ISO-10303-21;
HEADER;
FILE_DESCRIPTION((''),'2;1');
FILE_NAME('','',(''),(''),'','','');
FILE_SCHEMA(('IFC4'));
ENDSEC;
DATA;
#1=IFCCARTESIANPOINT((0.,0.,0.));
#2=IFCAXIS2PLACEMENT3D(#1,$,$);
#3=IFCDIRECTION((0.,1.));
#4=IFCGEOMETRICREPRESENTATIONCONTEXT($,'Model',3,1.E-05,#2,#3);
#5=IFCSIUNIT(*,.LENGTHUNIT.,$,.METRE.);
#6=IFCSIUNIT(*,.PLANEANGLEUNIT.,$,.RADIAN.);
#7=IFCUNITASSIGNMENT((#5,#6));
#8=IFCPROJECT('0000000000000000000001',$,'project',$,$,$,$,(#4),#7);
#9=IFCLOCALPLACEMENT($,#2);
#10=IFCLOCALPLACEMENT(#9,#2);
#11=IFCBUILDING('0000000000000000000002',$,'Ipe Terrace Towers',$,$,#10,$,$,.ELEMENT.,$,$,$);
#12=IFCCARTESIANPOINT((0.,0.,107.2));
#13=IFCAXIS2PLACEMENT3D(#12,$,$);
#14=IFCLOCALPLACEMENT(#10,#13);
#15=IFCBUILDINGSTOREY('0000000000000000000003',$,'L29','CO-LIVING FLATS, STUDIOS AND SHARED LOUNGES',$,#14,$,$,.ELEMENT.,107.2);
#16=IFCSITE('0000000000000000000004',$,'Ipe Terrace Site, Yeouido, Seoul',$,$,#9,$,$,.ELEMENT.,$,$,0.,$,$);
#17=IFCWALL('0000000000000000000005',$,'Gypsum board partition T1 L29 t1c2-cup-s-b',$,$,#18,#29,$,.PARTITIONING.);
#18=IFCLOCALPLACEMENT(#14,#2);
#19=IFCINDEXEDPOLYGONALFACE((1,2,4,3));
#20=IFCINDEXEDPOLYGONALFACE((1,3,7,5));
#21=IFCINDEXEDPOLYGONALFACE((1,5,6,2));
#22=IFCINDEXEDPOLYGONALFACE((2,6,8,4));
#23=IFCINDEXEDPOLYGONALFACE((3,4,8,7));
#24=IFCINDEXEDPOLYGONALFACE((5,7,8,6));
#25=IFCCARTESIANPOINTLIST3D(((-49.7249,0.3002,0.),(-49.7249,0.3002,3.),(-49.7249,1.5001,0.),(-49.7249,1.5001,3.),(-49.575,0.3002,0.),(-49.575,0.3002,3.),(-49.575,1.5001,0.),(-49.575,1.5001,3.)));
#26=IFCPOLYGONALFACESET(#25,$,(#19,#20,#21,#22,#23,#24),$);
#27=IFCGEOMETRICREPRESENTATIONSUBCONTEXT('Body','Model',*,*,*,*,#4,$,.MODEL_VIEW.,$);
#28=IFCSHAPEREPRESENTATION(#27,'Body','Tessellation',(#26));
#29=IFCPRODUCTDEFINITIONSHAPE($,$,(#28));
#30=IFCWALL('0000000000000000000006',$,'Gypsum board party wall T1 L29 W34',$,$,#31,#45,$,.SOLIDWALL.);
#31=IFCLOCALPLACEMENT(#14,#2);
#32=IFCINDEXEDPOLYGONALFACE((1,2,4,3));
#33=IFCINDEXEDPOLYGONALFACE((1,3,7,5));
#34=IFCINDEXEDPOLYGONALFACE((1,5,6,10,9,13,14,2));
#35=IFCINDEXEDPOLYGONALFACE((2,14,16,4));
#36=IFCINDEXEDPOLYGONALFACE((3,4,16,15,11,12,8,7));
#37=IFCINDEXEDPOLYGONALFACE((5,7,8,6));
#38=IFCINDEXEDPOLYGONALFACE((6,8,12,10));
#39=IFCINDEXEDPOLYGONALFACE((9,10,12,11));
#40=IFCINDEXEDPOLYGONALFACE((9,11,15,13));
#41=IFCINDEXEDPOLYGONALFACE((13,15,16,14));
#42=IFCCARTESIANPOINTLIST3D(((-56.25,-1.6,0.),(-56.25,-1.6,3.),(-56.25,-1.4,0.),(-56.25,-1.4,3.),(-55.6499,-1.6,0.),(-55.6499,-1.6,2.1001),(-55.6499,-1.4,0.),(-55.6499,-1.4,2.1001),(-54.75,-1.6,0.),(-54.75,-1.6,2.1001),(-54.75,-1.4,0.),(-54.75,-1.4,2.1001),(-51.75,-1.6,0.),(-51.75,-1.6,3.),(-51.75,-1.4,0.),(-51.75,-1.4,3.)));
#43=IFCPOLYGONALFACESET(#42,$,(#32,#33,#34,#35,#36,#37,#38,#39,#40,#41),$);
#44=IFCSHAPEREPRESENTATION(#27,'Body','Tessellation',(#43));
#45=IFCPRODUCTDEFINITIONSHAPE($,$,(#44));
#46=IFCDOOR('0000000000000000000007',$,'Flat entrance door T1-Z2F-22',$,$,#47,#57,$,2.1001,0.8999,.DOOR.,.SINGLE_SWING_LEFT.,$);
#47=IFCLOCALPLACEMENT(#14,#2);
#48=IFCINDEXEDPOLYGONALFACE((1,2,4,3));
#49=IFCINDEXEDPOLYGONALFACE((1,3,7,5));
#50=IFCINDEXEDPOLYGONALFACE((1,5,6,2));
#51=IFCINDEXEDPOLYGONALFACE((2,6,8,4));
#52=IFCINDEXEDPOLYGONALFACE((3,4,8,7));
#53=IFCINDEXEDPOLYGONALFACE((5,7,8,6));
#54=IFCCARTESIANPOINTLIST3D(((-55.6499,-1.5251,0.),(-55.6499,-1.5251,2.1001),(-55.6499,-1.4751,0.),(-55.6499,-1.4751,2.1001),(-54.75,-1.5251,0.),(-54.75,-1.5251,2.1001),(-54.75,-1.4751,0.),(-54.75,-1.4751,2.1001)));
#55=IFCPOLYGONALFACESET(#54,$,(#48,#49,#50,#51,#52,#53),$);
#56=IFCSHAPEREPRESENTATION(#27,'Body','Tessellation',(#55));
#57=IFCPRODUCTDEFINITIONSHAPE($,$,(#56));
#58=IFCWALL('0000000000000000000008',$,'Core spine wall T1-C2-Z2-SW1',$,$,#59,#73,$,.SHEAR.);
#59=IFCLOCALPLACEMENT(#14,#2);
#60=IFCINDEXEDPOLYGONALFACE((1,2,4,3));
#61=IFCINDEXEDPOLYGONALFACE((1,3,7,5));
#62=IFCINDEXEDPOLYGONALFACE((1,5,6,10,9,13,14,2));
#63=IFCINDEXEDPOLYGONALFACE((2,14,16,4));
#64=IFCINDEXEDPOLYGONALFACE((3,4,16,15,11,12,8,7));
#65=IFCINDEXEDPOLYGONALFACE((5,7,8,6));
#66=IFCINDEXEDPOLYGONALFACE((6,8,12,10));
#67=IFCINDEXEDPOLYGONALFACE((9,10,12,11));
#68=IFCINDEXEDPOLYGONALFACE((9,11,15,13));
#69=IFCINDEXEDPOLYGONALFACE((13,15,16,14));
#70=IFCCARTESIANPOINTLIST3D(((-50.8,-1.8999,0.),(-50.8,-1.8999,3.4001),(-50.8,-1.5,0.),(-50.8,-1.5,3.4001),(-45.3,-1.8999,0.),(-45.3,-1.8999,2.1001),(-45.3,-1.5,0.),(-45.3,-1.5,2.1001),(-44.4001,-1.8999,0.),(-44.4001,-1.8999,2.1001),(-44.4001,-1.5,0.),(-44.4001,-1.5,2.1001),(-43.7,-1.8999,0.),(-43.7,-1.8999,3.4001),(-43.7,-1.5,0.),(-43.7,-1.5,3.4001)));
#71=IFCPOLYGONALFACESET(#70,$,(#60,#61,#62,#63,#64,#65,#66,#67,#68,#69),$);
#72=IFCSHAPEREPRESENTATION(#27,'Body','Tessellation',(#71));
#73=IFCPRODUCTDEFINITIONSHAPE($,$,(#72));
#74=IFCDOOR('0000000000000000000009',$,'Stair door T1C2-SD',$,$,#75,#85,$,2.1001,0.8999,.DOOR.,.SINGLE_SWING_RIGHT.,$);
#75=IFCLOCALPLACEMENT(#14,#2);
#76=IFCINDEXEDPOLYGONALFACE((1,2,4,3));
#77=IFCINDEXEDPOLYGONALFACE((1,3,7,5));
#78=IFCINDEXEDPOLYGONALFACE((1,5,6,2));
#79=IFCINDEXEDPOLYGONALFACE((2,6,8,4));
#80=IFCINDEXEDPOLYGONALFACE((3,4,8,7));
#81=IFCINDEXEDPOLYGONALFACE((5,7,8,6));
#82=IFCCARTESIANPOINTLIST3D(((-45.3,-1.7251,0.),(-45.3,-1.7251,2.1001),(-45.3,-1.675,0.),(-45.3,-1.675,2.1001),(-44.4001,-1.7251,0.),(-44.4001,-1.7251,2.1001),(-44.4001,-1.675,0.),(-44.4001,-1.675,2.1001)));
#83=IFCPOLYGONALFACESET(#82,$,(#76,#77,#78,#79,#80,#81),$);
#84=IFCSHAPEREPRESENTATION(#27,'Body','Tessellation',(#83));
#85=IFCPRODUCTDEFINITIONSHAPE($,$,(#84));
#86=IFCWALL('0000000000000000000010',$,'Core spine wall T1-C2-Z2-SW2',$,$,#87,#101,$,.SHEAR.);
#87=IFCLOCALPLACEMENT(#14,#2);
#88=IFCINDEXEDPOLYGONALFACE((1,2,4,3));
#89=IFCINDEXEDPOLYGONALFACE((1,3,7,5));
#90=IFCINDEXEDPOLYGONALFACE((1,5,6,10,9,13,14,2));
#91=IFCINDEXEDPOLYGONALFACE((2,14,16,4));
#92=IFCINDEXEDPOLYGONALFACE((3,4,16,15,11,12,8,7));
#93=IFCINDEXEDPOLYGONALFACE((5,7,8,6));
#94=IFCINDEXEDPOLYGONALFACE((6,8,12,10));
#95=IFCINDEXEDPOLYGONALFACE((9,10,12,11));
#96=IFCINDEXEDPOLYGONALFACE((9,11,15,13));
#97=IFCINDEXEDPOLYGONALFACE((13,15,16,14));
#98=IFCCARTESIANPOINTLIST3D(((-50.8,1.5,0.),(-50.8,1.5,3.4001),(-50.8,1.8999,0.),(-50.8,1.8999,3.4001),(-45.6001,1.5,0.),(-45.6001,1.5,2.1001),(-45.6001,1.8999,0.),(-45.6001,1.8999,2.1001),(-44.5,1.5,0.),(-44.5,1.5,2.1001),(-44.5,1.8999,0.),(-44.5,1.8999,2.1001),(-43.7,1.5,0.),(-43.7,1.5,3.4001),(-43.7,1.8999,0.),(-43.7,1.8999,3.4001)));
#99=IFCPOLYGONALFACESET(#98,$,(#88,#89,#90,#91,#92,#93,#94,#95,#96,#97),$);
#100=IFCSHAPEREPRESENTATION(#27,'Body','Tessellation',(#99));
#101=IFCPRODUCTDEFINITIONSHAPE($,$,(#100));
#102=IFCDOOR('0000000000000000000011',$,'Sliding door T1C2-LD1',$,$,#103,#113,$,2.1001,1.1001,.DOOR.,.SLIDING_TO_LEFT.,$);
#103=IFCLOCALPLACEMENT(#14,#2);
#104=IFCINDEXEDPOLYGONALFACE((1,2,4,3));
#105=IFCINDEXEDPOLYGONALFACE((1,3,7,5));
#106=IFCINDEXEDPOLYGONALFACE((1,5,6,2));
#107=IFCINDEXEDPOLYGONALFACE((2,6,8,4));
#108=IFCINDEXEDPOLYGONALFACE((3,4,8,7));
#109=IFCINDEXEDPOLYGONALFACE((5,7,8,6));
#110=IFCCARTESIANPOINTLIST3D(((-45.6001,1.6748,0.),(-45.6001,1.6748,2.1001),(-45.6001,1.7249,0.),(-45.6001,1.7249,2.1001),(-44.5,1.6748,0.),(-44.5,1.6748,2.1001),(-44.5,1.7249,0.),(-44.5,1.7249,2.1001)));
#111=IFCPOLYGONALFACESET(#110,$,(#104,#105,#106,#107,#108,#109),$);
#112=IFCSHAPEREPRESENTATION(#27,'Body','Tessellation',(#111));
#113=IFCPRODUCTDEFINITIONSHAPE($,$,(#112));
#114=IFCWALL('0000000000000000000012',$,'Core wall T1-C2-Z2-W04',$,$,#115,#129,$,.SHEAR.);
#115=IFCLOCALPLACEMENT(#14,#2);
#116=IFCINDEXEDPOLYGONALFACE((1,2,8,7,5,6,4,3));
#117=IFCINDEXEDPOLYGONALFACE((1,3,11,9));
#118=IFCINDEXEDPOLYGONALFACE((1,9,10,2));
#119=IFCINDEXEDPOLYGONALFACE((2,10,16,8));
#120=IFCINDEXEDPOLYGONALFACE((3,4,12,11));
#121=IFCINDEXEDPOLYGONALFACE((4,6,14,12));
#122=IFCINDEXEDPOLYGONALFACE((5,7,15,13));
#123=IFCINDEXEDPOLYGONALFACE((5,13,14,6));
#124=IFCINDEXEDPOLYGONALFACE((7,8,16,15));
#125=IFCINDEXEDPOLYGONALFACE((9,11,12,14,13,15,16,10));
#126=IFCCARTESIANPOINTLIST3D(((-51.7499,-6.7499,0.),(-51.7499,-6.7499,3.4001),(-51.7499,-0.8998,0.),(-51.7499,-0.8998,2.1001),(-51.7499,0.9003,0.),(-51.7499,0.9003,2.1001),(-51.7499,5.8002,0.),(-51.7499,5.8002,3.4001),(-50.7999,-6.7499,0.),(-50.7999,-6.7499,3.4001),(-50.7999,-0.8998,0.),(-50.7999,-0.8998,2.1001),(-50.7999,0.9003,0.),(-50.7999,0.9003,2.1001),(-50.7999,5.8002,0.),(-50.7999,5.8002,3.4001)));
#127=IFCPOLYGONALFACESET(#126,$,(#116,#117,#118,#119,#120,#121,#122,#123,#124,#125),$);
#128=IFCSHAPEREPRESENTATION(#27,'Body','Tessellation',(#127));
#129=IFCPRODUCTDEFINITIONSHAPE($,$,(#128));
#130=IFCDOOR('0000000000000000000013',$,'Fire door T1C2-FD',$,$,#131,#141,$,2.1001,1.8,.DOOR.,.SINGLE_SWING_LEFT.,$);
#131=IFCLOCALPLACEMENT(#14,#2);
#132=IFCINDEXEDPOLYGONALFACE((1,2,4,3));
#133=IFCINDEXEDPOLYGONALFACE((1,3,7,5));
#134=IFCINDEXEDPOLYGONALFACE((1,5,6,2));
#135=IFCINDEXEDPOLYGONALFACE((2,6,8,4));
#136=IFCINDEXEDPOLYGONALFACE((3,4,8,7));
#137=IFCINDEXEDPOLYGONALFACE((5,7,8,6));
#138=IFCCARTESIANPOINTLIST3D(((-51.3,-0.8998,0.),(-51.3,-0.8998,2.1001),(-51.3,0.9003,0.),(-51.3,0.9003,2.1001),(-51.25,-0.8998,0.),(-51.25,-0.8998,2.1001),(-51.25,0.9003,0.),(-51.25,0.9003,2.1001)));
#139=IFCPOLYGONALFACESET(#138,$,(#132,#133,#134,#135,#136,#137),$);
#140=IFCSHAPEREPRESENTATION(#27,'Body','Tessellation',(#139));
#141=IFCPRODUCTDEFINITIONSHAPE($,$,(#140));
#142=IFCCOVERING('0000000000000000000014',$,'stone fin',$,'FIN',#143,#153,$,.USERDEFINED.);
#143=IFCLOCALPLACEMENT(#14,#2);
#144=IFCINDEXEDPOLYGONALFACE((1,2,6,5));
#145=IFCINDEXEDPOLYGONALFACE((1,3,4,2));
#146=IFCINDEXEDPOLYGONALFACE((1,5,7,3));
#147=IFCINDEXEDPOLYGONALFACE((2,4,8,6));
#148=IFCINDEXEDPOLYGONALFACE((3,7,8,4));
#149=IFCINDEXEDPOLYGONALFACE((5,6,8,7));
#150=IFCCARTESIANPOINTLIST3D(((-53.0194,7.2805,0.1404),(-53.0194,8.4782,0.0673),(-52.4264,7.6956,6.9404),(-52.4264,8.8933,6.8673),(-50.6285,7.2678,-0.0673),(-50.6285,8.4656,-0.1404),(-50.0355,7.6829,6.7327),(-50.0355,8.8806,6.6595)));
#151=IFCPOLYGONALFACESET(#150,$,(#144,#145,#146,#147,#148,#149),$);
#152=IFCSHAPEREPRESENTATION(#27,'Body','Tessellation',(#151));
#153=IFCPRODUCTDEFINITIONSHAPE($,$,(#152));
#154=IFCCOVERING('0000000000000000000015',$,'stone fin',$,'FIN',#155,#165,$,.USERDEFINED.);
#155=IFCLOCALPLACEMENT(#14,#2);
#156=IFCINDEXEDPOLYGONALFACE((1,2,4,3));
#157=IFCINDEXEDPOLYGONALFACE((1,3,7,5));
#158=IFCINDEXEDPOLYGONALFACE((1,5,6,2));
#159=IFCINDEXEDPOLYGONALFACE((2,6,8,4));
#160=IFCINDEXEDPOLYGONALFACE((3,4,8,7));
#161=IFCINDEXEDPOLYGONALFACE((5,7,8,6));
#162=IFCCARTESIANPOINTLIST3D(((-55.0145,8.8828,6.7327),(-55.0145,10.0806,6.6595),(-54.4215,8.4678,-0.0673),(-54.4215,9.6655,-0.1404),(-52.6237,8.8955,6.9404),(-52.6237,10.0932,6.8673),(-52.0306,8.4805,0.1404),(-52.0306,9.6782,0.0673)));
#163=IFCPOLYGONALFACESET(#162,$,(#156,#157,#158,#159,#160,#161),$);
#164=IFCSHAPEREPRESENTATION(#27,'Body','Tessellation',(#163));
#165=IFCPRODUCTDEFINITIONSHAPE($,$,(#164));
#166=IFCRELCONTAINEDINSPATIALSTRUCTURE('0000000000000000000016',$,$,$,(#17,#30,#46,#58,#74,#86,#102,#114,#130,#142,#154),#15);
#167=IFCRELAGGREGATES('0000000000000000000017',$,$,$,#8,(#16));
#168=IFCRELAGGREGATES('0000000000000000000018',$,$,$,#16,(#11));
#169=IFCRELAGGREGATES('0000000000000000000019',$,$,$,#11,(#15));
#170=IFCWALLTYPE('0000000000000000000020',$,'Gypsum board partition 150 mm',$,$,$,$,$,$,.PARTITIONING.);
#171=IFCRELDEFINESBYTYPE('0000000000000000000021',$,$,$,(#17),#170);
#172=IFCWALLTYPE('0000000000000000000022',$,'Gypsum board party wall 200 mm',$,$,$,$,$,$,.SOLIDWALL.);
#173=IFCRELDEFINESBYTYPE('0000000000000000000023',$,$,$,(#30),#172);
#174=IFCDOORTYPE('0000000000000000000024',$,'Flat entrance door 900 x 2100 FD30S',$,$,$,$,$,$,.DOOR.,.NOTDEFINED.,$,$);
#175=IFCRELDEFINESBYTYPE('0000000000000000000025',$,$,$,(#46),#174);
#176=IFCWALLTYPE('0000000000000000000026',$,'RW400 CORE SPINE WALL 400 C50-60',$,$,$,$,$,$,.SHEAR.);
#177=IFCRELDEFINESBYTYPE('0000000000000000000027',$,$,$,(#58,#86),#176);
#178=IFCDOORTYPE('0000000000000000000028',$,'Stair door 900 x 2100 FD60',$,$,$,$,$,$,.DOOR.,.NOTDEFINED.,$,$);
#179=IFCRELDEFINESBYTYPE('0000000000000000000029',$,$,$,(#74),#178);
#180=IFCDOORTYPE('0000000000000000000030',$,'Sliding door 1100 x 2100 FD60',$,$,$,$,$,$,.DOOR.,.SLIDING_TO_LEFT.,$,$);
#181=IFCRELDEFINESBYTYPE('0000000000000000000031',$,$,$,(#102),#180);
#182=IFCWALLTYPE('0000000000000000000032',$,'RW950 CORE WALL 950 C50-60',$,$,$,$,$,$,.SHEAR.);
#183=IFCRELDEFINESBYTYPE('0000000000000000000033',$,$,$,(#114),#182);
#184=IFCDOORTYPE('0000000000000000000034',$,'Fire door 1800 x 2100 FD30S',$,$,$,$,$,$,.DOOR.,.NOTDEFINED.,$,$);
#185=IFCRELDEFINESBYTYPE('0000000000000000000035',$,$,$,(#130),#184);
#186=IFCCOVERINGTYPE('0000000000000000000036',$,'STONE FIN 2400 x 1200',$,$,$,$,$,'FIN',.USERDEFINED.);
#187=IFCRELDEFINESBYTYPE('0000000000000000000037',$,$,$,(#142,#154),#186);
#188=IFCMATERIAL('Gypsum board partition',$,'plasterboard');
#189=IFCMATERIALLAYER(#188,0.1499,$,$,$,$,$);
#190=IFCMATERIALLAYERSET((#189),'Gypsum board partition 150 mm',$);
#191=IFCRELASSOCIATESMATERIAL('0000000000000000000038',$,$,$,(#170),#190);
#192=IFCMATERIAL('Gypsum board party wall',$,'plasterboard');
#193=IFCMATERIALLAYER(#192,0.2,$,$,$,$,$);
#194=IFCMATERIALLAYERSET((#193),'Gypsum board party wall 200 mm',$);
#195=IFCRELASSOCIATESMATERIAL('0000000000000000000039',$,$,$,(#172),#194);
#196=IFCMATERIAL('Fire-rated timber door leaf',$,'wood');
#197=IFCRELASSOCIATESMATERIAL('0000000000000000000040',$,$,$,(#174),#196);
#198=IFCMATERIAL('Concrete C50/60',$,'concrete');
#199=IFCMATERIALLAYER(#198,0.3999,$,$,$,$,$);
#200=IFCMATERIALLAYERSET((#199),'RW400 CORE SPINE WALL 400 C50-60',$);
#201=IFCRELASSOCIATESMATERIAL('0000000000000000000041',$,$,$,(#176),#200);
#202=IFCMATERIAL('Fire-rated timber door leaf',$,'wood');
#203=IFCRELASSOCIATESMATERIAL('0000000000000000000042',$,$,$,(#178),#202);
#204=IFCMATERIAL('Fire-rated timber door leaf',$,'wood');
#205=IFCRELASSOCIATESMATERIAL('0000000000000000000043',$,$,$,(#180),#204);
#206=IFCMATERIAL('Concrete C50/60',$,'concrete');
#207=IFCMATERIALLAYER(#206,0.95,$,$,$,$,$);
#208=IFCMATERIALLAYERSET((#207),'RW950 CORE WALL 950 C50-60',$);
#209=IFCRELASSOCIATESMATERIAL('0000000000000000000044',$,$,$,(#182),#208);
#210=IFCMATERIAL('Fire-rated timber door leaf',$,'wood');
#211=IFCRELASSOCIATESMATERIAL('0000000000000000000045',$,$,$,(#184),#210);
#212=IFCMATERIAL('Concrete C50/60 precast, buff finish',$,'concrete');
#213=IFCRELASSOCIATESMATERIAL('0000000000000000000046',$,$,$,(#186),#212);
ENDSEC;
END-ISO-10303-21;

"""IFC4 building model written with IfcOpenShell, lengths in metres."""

from ifc_helpers import new_model, si_unit, direction, frame, frame_2d, origin, origin_2d, place, context, subcontext, project, spatial, rectangle, extrude, material, layer, layer_set, material_profile, profile_set, type_object, element, fill, save


model = new_model("IFC4")

# Units and contexts
model_context = context("Model", 3, precision=1e-05, world=origin(), true_north=direction((0.0, 1.0)))
body_context = subcontext(model_context, "Body", "Model", "MODEL_VIEW")
ifc_project = project(units=[si_unit("LENGTHUNIT", "METRE"), si_unit("PLANEANGLEUNIT", "RADIAN")], contexts=[model_context])

# Site, building, storey
site_placement = place(None, origin())
site = spatial("IfcSite", under=ifc_project, at=site_placement, Name="Ipe Terrace Site, Yeouido, Seoul", CompositionType="ELEMENT", RefElevation=0.0)
building_placement = place(site_placement, origin())
building = spatial("IfcBuilding", under=site, at=building_placement, Name="Ipe Terrace Towers", CompositionType="ELEMENT")
storey_placement = place(building_placement, frame((0.0, 0.0, 107.2)))
storey = spatial("IfcBuildingStorey", under=building, at=storey_placement, Name="L29", Description="CO-LIVING FLATS, STUDIOS AND SHARED LOUNGES", CompositionType="ELEMENT", Elevation=107.2)

# Wall
ifc_material_1 = material(Name="Gypsum board partition", Category="plasterboard")
ifc_layer_1 = layer(ifc_material_1, 0.1499)
ifc_layer_set_1 = layer_set([ifc_layer_1], Name="Gypsum board partition 150 mm")
wall_type_1 = type_object("IfcWallType", Name="Gypsum board partition 150 mm", PredefinedType="PARTITIONING", material=ifc_layer_set_1)
wall_1_placement = place(storey_placement, frame((-49.6499, 0.3, 0.0), z_axis=(0.0, 0.0, 1.0), x_axis=(0.0, 1.0, 0.0)))
element("IfcWall", 1, at=wall_1_placement, inside=storey, type_object=wall_type_1, Name="Gypsum board partition T1 L29 t1c2-cup-s-b", PredefinedType="PARTITIONING", context=body_context, shape_type="SweptSolid", body=[
    extrude(rectangle(XDim=1.2, YDim=0.1499, at=frame_2d((0.6001, 0.0))), origin(), (0.0, 0.0, 1.0), 3.0),
])

# Walls, openings, doors
ifc_material_2 = material(Name="Gypsum board party wall", Category="plasterboard")
ifc_layer_2 = layer(ifc_material_2, 0.2)
ifc_layer_set_2 = layer_set([ifc_layer_2], Name="Gypsum board party wall 200 mm")
wall_type_2 = type_object("IfcWallType", Name="Gypsum board party wall 200 mm", PredefinedType="SOLIDWALL", material=ifc_layer_set_2)
wall_2_placement = place(storey_placement, frame((-56.25, -1.5, 0.0), z_axis=(0.0, 0.0, 1.0), x_axis=(1.0, 0.0, 0.0)))
wall_2 = element("IfcWall", 2, at=wall_2_placement, inside=storey, type_object=wall_type_2, Name="Gypsum board party wall T1 L29 W34", PredefinedType="SOLIDWALL", context=body_context, shape_type="SweptSolid", body=[
    extrude(rectangle(XDim=4.5, YDim=0.2, at=frame_2d((2.25, 0.0))), origin(), (0.0, 0.0, 1.0), 3.0),
])
opening_1_placement = place(wall_2_placement, frame((0.6001, 0.0, 0.0)))
opening_1 = element("IfcOpeningElement", 3, at=opening_1_placement, cuts=wall_2, PredefinedType="OPENING", context=body_context, shape_type="SweptSolid", body=[
    extrude(rectangle(XDim=0.8999, YDim=2.1001, at=frame_2d((0.45, 1.05))), frame((0.0, 0.1099, 0.0), z_axis=(0.0, -1.0, 0.0), x_axis=(1.0, 0.0, 0.0)), (0.0, 0.0, 1.0), 0.22),
])
ifc_material_3 = material(Name="Fire-rated timber door leaf", Category="wood")
door_type_1 = type_object("IfcDoorType", Name="Flat entrance door 900 x 2100 FD30S", OperationType="NOTDEFINED", PredefinedType="DOOR", material=ifc_material_3)
door_1_placement = place(opening_1_placement, origin())
door_1 = element("IfcDoor", 4, at=door_1_placement, inside=storey, type_object=door_type_1, Name="Flat entrance door T1-Z2F-22", OperationType="SINGLE_SWING_LEFT", OverallHeight=2.1001, OverallWidth=0.8999, PredefinedType="DOOR", context=body_context, shape_type="SweptSolid", body=[
    extrude(rectangle(XDim=0.8999, YDim=2.1001, at=frame_2d((0.45, 1.05))), frame((0.0, 0.0249, 0.0), z_axis=(0.0, -1.0, 0.0), x_axis=(1.0, 0.0, 0.0)), (0.0, 0.0, 1.0), 0.05),
])
fill(opening_1, door_1)
ifc_material_4 = material(Name="Concrete C50/60", Category="concrete")
ifc_layer_3 = layer(ifc_material_4, 0.3999)
ifc_layer_set_3 = layer_set([ifc_layer_3], Name="RW400 CORE SPINE WALL 400 C50-60")
wall_type_3 = type_object("IfcWallType", Name="RW400 CORE SPINE WALL 400 C50-60", PredefinedType="SHEAR", material=ifc_layer_set_3)
wall_3_placement = place(storey_placement, frame((-50.8, -1.7, 0.0), z_axis=(0.0, 0.0, 1.0), x_axis=(1.0, 0.0, 0.0)))
wall_3 = element("IfcWall", 5, at=wall_3_placement, inside=storey, type_object=wall_type_3, Name="Core spine wall T1-C2-Z2-SW1", PredefinedType="SHEAR", context=body_context, shape_type="SweptSolid", body=[
    extrude(rectangle(XDim=7.1001, YDim=0.3999, at=frame_2d((3.55, 0.0))), origin(), (0.0, 0.0, 1.0), 3.4001),
])
opening_2_placement = place(wall_3_placement, frame((5.5, 0.0, 0.0)))
opening_2 = element("IfcOpeningElement", 6, at=opening_2_placement, cuts=wall_3, PredefinedType="OPENING", context=body_context, shape_type="SweptSolid", body=[
    extrude(rectangle(XDim=0.8999, YDim=2.1001, at=frame_2d((0.45, 1.05))), frame((0.0, 0.21, 0.0), z_axis=(0.0, -1.0, 0.0), x_axis=(1.0, 0.0, 0.0)), (0.0, 0.0, 1.0), 0.4199),
])
ifc_material_5 = material(Name="Fire-rated timber door leaf", Category="wood")
door_type_2 = type_object("IfcDoorType", Name="Stair door 900 x 2100 FD60", OperationType="NOTDEFINED", PredefinedType="DOOR", material=ifc_material_5)
door_2_placement = place(opening_2_placement, origin())
door_2 = element("IfcDoor", 7, at=door_2_placement, inside=storey, type_object=door_type_2, Name="Stair door T1C2-SD", OperationType="SINGLE_SWING_RIGHT", OverallHeight=2.1001, OverallWidth=0.8999, PredefinedType="DOOR", context=body_context, shape_type="SweptSolid", body=[
    extrude(rectangle(XDim=0.8999, YDim=2.1001, at=frame_2d((0.45, 1.05))), frame((0.0, 0.0249, 0.0), z_axis=(0.0, -1.0, 0.0), x_axis=(1.0, 0.0, 0.0)), (0.0, 0.0, 1.0), 0.05),
])
fill(opening_2, door_2)
wall_4_placement = place(storey_placement, frame((-50.8, 1.7, 0.0), z_axis=(0.0, 0.0, 1.0), x_axis=(1.0, 0.0, 0.0)))
wall_4 = element("IfcWall", 8, at=wall_4_placement, inside=storey, type_object=wall_type_3, Name="Core spine wall T1-C2-Z2-SW2", PredefinedType="SHEAR", context=body_context, shape_type="SweptSolid", body=[
    extrude(rectangle(XDim=7.1001, YDim=0.3999, at=frame_2d((3.55, 0.0))), origin(), (0.0, 0.0, 1.0), 3.4001),
])
opening_3_placement = place(wall_4_placement, frame((5.2, 0.0, 0.0)))
opening_3 = element("IfcOpeningElement", 9, at=opening_3_placement, cuts=wall_4, PredefinedType="OPENING", context=body_context, shape_type="SweptSolid", body=[
    extrude(rectangle(XDim=1.1001, YDim=2.1001, at=frame_2d((0.55, 1.05))), frame((0.0, 0.21, 0.0), z_axis=(0.0, -1.0, 0.0), x_axis=(1.0, 0.0, 0.0)), (0.0, 0.0, 1.0), 0.4199),
])
ifc_material_6 = material(Name="Fire-rated timber door leaf", Category="wood")
door_type_3 = type_object("IfcDoorType", Name="Sliding door 1100 x 2100 FD60", OperationType="SLIDING_TO_LEFT", PredefinedType="DOOR", material=ifc_material_6)
door_3_placement = place(opening_3_placement, origin())
door_3 = element("IfcDoor", 10, at=door_3_placement, inside=storey, type_object=door_type_3, Name="Sliding door T1C2-LD1", OperationType="SLIDING_TO_LEFT", OverallHeight=2.1001, OverallWidth=1.1001, PredefinedType="DOOR", context=body_context, shape_type="SweptSolid", body=[
    extrude(rectangle(XDim=1.1001, YDim=2.1001, at=frame_2d((0.55, 1.05))), frame((0.0, 0.0249, 0.0), z_axis=(0.0, -1.0, 0.0), x_axis=(1.0, 0.0, 0.0)), (0.0, 0.0, 1.0), 0.05),
])
fill(opening_3, door_3)
ifc_material_7 = material(Name="Concrete C50/60", Category="concrete")
ifc_layer_4 = layer(ifc_material_7, 0.95)
ifc_layer_set_4 = layer_set([ifc_layer_4], Name="RW950 CORE WALL 950 C50-60")
wall_type_4 = type_object("IfcWallType", Name="RW950 CORE WALL 950 C50-60", PredefinedType="SHEAR", material=ifc_layer_set_4)
wall_5_placement = place(storey_placement, frame((-51.2749, 5.8, 0.0), z_axis=(0.0, 0.0, 1.0), x_axis=(0.0, -1.0, 0.0)))
wall_5 = element("IfcWall", 11, at=wall_5_placement, inside=storey, type_object=wall_type_4, Name="Core wall T1-C2-Z2-W04", PredefinedType="SHEAR", context=body_context, shape_type="SweptSolid", body=[
    extrude(rectangle(XDim=12.55, YDim=0.95, at=frame_2d((6.2749, 0.0))), origin(), (0.0, 0.0, 1.0), 3.4001),
])
opening_4_placement = place(wall_5_placement, frame((4.8999, 0.0, 0.0)))
opening_4 = element("IfcOpeningElement", 12, at=opening_4_placement, cuts=wall_5, PredefinedType="OPENING", context=body_context, shape_type="SweptSolid", body=[
    extrude(rectangle(XDim=1.8, YDim=2.1001, at=frame_2d((0.8999, 1.05))), frame((0.0, 0.4849, 0.0), z_axis=(0.0, -1.0, 0.0), x_axis=(1.0, 0.0, 0.0)), (0.0, 0.0, 1.0), 0.97),
])
ifc_material_8 = material(Name="Fire-rated timber door leaf", Category="wood")
door_type_4 = type_object("IfcDoorType", Name="Fire door 1800 x 2100 FD30S", OperationType="NOTDEFINED", PredefinedType="DOOR", material=ifc_material_8)
door_4_placement = place(opening_4_placement, origin())
door_4 = element("IfcDoor", 13, at=door_4_placement, inside=storey, type_object=door_type_4, Name="Fire door T1C2-FD", OperationType="SINGLE_SWING_LEFT", OverallHeight=2.1001, OverallWidth=1.8, PredefinedType="DOOR", context=body_context, shape_type="SweptSolid", body=[
    extrude(rectangle(XDim=1.8, YDim=2.1001, at=frame_2d((0.8999, 1.05))), frame((0.0, 0.0249, 0.0), z_axis=(0.0, -1.0, 0.0), x_axis=(1.0, 0.0, 0.0)), (0.0, 0.0, 1.0), 0.05),
])
fill(opening_4, door_4)

# Coverings
ifc_material_9 = material(Name="Concrete C50/60 precast, buff finish", Category="concrete")
ifc_material_profile_1 = material_profile(ifc_material_9, rectangle(XDim=2.3999, YDim=1.2, at=origin_2d()), Name="STONE FIN 2400 x 1200")
ifc_profile_set_1 = profile_set([ifc_material_profile_1], Name="Concrete C50/60 precast, buff finish")
covering_type_1 = type_object("IfcCoveringType", Name="STONE FIN 2400 x 1200", ElementType="FIN", PredefinedType="USERDEFINED", material=ifc_profile_set_1)
for number, where, z_axis, x_axis, name in (
    (14, (-51.824, 7.873, 0.0), (0.086718, 0.060692, 0.994382), (-0.996233, 0.005283, 0.086557), "stone fin"),
    (15, (-53.2261, 9.073, 0.0), (-0.086718, 0.060692, 0.994382), (-0.996233, -0.005283, -0.086557), "stone fin"),
):
    element("IfcCovering", number, at=place(storey_placement, frame(where, z_axis=z_axis, x_axis=x_axis)), inside=storey, type_object=covering_type_1, Name=name, ObjectType="FIN", PredefinedType="USERDEFINED", context=body_context, shape_type="SweptSolid", body=[
        extrude(rectangle(XDim=2.3999, YDim=1.2, at=origin_2d()), origin(), (0.0, 0.0, 1.0), 6.8384),
    ])

save(model, "model.ifc")
